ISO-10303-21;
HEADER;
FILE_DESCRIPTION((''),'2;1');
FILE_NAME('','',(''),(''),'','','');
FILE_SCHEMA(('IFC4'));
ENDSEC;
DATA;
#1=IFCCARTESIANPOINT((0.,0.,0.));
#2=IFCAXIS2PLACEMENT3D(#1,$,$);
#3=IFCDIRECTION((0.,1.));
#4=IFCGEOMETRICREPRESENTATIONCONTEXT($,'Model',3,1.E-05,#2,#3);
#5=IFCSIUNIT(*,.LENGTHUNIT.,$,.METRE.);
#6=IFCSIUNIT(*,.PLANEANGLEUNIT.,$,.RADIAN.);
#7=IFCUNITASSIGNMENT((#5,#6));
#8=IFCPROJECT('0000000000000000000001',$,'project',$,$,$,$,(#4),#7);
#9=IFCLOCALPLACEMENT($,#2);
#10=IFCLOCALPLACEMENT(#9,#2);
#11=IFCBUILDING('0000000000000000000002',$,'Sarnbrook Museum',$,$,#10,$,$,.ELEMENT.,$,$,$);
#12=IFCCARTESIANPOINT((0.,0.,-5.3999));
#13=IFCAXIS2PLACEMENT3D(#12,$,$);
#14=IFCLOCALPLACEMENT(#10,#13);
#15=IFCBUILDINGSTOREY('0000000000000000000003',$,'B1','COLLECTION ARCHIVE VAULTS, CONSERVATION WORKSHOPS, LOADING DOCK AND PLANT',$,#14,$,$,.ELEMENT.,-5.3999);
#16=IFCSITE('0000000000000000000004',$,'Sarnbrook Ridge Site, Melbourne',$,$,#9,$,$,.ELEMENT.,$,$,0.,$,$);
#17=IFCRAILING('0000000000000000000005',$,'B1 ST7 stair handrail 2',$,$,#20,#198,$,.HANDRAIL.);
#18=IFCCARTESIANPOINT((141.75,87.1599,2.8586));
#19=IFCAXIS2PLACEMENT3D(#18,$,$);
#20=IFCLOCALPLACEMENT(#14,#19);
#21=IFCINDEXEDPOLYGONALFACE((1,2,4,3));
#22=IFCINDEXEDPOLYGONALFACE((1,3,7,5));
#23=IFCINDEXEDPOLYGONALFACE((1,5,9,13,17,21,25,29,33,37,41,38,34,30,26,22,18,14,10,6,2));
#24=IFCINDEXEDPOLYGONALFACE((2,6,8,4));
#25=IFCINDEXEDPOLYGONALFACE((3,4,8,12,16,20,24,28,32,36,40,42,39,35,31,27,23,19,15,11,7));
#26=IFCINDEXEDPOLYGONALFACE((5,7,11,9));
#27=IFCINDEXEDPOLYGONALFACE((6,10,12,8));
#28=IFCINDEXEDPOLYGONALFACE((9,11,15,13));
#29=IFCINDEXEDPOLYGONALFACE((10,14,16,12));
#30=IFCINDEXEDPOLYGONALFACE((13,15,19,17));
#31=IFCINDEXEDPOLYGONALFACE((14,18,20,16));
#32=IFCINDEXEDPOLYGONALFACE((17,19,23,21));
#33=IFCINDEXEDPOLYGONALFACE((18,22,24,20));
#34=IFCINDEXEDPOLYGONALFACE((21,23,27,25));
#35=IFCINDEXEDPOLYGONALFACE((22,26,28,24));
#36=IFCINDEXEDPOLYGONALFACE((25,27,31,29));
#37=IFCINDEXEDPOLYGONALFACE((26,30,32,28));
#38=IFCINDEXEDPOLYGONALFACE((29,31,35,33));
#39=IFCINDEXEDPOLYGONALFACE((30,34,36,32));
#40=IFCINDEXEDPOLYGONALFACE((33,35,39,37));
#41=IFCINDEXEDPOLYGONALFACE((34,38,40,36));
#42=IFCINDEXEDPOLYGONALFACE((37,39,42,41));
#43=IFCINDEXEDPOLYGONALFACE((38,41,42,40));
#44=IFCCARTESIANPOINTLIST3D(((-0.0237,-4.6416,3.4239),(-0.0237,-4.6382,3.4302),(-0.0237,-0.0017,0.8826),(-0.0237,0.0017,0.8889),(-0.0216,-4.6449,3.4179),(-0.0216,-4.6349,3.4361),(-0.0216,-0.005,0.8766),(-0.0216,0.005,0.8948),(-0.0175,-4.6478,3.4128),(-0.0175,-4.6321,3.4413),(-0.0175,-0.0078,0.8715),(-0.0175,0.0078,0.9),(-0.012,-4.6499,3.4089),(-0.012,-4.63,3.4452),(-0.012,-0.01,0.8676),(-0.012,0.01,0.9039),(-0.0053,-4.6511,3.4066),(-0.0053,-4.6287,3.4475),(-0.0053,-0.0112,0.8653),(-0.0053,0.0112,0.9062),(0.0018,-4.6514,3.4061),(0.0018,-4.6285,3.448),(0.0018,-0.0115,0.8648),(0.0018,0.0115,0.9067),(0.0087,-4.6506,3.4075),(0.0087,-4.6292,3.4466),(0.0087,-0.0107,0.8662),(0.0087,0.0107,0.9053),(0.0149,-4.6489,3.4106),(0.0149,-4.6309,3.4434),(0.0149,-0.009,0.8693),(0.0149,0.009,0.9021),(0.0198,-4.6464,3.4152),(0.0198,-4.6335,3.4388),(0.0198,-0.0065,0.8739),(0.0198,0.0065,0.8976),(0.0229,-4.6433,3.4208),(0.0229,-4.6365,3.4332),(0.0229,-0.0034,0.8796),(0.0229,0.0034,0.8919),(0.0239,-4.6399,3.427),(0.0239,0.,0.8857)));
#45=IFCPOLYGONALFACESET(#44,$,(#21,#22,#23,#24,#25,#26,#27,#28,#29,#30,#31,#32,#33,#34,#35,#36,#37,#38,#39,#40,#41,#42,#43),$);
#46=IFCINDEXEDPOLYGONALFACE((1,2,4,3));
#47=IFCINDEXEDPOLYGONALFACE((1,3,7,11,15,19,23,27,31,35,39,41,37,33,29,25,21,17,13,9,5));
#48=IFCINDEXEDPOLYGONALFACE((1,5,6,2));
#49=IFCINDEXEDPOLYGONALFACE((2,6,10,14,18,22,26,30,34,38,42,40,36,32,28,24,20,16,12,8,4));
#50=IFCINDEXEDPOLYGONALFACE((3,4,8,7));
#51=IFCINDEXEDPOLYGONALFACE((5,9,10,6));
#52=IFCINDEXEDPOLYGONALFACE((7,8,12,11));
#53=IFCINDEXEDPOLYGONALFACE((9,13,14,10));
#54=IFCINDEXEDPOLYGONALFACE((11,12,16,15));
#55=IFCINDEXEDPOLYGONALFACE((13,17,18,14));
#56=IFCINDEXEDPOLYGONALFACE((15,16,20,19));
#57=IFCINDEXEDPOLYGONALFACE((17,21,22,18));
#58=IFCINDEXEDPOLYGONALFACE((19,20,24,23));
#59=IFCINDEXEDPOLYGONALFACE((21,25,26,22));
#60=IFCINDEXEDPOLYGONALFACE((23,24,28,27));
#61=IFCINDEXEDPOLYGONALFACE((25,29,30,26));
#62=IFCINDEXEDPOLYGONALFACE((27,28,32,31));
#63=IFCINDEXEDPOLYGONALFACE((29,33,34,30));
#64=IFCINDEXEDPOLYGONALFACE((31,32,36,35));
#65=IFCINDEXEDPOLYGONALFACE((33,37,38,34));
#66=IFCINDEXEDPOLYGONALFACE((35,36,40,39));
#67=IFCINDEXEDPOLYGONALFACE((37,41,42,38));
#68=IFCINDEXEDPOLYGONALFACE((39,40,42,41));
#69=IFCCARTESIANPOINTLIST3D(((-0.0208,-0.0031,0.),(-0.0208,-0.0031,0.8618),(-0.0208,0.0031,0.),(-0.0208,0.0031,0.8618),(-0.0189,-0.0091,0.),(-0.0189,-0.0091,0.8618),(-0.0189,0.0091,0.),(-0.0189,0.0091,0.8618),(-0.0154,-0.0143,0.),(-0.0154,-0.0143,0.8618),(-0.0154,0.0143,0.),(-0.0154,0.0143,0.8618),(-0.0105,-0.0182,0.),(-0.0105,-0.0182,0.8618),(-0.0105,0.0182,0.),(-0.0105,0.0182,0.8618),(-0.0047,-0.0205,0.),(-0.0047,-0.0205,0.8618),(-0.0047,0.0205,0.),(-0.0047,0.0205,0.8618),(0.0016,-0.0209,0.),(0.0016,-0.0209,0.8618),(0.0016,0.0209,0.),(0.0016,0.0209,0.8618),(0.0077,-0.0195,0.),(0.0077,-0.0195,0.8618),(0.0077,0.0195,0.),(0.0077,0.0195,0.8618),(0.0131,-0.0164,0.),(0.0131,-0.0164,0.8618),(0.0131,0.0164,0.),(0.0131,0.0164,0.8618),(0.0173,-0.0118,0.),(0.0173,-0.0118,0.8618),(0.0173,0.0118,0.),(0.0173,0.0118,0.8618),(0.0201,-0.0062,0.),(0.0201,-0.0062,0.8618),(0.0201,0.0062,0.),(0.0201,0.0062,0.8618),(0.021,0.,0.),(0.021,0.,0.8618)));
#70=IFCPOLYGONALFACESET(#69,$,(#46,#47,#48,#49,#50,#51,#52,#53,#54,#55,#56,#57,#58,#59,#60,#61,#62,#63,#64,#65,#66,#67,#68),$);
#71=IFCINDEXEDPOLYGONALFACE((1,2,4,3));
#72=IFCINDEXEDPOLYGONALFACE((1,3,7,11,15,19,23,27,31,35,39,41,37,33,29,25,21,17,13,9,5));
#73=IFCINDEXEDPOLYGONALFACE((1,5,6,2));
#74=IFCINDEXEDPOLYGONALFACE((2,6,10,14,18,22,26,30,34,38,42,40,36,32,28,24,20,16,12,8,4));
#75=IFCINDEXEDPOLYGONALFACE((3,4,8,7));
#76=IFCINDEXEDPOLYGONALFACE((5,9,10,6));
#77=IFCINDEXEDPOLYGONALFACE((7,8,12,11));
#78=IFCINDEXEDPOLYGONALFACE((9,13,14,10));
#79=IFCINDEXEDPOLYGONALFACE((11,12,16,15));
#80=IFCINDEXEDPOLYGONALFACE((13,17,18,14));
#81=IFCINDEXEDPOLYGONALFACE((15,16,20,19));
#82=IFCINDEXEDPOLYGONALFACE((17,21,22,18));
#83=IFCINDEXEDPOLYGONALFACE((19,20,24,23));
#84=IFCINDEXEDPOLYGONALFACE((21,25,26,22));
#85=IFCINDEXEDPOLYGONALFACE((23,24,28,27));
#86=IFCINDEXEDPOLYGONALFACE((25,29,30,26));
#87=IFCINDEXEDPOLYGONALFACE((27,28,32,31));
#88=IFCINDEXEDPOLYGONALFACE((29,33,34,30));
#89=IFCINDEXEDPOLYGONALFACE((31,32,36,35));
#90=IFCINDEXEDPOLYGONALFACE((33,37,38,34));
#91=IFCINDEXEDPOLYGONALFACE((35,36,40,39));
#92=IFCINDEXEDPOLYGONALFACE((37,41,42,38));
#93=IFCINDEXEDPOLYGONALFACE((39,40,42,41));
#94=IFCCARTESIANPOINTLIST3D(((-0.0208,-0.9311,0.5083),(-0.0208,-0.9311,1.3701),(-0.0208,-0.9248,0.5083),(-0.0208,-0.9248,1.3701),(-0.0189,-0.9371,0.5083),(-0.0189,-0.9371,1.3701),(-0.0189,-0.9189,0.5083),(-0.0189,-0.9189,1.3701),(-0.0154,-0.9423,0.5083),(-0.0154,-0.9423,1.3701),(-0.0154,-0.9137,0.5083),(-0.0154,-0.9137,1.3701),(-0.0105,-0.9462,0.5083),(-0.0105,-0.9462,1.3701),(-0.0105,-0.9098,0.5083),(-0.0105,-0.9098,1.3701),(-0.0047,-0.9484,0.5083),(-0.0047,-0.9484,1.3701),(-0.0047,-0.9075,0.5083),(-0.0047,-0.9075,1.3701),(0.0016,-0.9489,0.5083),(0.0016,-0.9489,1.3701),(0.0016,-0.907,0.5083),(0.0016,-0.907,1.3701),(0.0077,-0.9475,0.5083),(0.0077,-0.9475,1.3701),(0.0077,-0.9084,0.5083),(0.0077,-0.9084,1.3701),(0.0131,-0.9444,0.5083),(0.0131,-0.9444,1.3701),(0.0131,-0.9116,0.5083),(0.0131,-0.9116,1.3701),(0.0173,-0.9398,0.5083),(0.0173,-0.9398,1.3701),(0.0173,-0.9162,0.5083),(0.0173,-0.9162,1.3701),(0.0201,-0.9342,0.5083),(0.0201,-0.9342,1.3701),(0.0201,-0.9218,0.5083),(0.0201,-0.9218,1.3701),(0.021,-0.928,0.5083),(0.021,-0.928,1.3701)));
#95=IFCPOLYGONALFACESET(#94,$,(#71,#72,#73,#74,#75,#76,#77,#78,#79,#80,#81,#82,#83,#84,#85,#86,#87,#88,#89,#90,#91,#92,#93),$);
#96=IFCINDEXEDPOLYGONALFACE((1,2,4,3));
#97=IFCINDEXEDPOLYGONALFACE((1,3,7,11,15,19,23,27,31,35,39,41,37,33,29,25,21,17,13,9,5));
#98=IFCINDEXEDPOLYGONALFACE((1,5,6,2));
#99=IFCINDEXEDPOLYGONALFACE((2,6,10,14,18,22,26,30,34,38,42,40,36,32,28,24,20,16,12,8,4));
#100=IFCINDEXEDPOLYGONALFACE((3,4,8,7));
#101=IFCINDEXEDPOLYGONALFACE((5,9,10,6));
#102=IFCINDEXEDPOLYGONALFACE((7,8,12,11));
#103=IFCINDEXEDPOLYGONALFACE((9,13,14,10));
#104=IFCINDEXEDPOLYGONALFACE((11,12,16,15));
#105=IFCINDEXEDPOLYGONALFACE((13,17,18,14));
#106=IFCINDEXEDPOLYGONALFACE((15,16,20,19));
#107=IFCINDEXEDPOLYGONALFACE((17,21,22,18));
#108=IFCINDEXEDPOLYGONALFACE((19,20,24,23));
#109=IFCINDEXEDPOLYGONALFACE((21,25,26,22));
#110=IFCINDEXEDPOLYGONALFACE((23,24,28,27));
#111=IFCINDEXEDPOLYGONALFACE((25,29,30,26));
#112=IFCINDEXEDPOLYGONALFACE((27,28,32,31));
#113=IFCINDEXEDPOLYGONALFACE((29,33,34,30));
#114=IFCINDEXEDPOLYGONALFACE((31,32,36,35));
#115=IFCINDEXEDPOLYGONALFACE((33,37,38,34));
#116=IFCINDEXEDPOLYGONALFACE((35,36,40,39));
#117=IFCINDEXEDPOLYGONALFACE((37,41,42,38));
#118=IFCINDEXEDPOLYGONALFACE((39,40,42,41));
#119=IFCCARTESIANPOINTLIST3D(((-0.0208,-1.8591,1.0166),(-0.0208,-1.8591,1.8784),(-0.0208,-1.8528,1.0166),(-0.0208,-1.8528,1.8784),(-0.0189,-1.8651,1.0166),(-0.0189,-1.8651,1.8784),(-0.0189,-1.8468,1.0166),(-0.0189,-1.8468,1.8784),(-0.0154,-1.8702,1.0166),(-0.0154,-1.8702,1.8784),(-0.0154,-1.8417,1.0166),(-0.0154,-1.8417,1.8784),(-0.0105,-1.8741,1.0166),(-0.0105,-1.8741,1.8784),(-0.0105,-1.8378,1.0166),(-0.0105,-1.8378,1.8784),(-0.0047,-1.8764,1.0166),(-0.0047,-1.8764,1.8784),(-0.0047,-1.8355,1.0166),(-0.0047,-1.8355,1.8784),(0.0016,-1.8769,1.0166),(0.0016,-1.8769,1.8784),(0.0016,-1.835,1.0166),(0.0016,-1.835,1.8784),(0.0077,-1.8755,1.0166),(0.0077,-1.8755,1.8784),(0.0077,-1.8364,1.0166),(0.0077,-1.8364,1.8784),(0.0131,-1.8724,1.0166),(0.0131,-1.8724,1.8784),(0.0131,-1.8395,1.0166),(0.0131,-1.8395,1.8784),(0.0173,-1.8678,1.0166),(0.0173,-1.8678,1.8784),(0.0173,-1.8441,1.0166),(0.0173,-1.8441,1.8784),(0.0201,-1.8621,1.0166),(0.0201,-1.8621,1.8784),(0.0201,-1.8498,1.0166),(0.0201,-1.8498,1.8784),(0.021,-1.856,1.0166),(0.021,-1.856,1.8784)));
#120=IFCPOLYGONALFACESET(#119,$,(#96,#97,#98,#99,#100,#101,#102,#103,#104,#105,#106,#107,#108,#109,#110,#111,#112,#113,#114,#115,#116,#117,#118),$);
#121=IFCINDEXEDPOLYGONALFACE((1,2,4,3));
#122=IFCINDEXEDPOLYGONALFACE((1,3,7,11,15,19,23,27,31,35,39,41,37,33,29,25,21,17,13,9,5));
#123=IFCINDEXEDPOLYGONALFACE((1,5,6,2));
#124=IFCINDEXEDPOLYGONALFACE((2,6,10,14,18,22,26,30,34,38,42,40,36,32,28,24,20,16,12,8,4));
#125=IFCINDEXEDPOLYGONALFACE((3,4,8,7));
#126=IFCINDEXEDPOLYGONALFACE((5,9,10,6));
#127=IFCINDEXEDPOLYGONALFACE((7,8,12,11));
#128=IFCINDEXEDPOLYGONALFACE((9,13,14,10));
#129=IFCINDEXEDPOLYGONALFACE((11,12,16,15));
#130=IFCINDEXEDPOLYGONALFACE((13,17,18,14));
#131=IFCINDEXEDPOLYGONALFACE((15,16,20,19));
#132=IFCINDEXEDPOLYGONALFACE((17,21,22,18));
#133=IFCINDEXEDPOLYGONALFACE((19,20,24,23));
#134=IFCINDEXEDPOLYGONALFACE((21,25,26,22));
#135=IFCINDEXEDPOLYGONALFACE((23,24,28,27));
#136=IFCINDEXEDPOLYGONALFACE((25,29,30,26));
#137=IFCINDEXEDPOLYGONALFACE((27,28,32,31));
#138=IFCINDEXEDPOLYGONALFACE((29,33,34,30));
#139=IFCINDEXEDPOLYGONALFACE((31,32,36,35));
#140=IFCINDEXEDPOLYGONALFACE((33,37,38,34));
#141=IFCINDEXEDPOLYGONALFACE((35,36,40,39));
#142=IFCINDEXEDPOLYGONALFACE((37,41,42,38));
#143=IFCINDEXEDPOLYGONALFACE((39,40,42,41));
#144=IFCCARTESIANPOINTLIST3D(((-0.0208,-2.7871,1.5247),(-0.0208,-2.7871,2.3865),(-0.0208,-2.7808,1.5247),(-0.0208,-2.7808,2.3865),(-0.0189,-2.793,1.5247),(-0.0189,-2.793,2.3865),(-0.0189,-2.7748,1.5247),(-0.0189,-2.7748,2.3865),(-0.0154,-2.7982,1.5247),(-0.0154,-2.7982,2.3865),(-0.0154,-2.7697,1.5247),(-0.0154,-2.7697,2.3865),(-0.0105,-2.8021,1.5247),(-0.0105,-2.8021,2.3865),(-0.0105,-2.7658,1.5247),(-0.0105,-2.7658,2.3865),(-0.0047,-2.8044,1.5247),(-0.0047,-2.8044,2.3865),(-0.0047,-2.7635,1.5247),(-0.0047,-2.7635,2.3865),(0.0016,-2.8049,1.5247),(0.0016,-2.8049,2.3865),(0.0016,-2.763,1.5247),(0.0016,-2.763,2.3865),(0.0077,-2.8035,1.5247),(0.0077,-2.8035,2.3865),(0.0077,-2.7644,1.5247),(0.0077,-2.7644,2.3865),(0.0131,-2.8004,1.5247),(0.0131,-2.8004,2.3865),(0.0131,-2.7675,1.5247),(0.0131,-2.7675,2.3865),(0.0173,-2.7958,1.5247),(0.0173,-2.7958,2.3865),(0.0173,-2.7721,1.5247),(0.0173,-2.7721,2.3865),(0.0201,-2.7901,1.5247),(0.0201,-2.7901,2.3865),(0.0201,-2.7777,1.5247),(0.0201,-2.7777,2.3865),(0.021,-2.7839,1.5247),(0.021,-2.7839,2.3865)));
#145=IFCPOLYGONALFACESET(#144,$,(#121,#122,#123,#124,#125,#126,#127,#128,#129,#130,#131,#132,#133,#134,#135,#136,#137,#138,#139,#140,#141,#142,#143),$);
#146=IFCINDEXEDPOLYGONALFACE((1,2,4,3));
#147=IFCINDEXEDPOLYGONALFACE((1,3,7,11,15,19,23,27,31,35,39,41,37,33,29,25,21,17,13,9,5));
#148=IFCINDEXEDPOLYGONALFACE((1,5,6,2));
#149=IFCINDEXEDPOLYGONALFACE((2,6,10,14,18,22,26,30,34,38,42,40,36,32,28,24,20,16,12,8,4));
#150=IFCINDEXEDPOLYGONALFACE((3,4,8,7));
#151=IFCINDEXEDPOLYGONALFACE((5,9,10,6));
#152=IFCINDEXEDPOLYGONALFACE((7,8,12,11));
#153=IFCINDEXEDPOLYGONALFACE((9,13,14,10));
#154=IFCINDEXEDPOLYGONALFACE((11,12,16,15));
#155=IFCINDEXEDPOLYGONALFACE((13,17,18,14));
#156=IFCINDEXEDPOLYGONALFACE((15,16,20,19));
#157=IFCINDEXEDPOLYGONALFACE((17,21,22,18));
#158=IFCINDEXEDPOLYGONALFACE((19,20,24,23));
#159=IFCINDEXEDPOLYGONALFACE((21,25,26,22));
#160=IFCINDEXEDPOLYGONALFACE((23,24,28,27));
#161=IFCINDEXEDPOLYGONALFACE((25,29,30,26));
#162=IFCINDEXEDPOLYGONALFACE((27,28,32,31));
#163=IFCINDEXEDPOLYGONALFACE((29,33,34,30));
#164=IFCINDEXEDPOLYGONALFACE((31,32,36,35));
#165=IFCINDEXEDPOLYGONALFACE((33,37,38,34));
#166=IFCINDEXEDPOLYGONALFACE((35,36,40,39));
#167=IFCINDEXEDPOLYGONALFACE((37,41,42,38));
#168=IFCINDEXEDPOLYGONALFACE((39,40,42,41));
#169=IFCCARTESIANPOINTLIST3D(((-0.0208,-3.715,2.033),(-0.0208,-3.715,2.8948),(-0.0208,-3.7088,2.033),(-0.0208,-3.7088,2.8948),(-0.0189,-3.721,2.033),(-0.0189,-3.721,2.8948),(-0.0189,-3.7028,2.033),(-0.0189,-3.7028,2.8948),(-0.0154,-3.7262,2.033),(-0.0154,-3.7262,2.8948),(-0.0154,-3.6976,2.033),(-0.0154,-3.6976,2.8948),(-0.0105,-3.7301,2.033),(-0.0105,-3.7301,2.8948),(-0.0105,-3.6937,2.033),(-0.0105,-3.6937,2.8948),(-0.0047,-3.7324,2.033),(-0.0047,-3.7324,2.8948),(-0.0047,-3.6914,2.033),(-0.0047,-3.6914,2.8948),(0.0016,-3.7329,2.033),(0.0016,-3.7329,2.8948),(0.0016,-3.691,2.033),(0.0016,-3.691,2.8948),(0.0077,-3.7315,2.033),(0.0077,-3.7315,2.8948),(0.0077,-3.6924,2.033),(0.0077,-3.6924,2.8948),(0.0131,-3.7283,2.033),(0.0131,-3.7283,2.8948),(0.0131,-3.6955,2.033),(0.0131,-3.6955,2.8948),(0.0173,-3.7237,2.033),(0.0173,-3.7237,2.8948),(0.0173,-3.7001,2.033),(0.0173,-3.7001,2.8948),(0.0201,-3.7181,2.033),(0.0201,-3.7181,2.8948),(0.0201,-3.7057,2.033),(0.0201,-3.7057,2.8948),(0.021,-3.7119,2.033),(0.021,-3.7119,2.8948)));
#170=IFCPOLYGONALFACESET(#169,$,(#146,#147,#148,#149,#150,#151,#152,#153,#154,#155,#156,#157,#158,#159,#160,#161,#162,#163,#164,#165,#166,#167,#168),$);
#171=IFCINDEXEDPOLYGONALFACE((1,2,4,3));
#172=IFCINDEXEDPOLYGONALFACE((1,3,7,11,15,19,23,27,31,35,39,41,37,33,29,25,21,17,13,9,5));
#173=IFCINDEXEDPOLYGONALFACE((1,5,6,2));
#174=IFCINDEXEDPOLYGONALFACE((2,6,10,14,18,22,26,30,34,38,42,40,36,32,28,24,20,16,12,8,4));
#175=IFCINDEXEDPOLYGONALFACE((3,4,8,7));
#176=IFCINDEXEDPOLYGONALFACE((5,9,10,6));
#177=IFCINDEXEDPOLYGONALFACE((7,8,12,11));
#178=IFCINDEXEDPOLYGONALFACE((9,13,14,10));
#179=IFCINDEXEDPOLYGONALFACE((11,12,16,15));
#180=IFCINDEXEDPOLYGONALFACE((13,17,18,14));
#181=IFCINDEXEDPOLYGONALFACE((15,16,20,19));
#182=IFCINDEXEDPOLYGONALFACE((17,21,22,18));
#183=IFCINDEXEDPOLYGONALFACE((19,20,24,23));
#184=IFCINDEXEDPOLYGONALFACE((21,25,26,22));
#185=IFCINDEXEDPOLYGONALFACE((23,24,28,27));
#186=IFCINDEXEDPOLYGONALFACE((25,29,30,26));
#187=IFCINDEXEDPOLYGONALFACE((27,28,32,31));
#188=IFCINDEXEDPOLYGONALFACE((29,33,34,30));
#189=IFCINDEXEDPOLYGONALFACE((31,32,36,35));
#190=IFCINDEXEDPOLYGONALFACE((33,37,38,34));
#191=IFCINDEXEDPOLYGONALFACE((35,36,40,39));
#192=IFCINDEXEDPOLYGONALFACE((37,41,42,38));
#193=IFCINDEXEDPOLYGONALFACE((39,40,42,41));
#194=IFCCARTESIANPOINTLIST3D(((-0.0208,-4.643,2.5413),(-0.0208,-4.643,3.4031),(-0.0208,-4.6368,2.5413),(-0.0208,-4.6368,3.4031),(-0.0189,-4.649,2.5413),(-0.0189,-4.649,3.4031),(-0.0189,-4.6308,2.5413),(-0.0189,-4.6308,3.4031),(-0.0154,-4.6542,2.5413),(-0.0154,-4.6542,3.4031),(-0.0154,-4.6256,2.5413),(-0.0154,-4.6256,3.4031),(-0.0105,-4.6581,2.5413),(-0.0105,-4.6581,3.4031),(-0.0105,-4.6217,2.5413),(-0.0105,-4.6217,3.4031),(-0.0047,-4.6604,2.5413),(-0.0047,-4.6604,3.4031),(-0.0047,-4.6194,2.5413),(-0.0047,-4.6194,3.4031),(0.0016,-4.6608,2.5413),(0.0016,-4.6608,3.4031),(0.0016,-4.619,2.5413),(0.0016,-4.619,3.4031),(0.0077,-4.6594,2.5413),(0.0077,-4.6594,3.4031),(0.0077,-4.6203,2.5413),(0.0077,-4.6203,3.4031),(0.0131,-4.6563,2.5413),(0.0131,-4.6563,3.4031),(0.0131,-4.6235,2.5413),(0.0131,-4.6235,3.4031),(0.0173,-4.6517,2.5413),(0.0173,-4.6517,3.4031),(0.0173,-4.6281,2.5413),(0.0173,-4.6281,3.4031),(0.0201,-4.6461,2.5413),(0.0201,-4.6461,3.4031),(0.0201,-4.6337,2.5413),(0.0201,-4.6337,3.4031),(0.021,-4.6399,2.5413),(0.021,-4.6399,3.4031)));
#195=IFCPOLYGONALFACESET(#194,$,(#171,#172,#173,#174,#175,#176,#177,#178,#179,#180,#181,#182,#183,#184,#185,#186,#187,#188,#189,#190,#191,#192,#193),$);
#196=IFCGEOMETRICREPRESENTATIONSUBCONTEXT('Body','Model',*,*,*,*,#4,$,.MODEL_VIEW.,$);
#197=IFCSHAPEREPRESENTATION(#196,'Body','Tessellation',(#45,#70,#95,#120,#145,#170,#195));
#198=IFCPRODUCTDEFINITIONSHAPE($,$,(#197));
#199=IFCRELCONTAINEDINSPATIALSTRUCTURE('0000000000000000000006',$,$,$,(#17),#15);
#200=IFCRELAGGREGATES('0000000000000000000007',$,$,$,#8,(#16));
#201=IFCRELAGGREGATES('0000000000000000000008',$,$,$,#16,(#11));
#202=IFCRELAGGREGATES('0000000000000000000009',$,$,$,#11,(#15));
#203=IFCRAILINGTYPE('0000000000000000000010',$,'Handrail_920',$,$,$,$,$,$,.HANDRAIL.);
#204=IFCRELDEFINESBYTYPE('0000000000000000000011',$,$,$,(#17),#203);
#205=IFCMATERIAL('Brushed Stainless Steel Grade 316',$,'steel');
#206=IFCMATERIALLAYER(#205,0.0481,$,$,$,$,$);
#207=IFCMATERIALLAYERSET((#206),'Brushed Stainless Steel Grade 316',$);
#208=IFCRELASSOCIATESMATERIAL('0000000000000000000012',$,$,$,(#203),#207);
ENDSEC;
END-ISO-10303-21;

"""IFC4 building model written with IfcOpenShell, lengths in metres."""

from ifc_helpers import new_model, si_unit, direction, frame, origin, origin_2d, place, context, subcontext, project, spatial, circle, extrude, material, layer, layer_set, type_object, element, save


model = new_model("IFC4")

# Units and contexts
model_context = context("Model", 3, precision=1e-05, world=origin(), true_north=direction((0.0, 1.0)))
body_context = subcontext(model_context, "Body", "Model", "MODEL_VIEW")
ifc_project = project(units=[si_unit("LENGTHUNIT", "METRE"), si_unit("PLANEANGLEUNIT", "RADIAN")], contexts=[model_context])

# Site, building, storey
site_placement = place(None, origin())
site = spatial("IfcSite", under=ifc_project, at=site_placement, Name="Sarnbrook Ridge Site, Melbourne", CompositionType="ELEMENT", RefElevation=0.0)
building_placement = place(site_placement, origin())
building = spatial("IfcBuilding", under=site, at=building_placement, Name="Sarnbrook Museum", CompositionType="ELEMENT")
storey_placement = place(building_placement, frame((0.0, 0.0, -5.3999)))
storey = spatial("IfcBuildingStorey", under=building, at=storey_placement, Name="B1", Description="COLLECTION ARCHIVE VAULTS, CONSERVATION WORKSHOPS, LOADING DOCK AND PLANT", CompositionType="ELEMENT", Elevation=-5.3999)

# Railing
ifc_material_1 = material(Name="Brushed Stainless Steel Grade 316", Category="steel")
ifc_layer_1 = layer(ifc_material_1, 0.0481)
ifc_layer_set_1 = layer_set([ifc_layer_1], Name="Brushed Stainless Steel Grade 316")
railing_type_1 = type_object("IfcRailingType", Name="Handrail_920", PredefinedType="HANDRAIL", material=ifc_layer_set_1)
railing_1_placement = place(storey_placement, frame((141.75, 87.1599, 2.8586)))
element("IfcRailing", 1, at=railing_1_placement, inside=storey, type_object=railing_type_1, Name="B1 ST7 stair handrail 2", PredefinedType="HANDRAIL", context=body_context, shape_type="SweptSolid", body=[
    extrude(circle(Radius=0.0239, at=origin_2d()), frame((0.0, 0.0, 0.8857), z_axis=(0.0, -0.877067, 0.480368), x_axis=(1.0, 0.0, 0.0)), (0.0, 0.0, 1.0), 5.2903),
    extrude(circle(Radius=0.021, at=origin_2d()), origin(), (0.0, 0.0, 1.0), 0.8618),
    extrude(circle(Radius=0.021, at=origin_2d()), frame((0.0, -0.928, 0.5083)), (0.0, 0.0, 1.0), 0.8618),
    extrude(circle(Radius=0.021, at=origin_2d()), frame((0.0, -1.856, 1.0166)), (0.0, 0.0, 1.0), 0.8618),
    extrude(circle(Radius=0.021, at=origin_2d()), frame((0.0, -2.7839, 1.5247)), (0.0, 0.0, 1.0), 0.8618),
    extrude(circle(Radius=0.021, at=origin_2d()), frame((0.0, -3.7119, 2.033)), (0.0, 0.0, 1.0), 0.8618),
    extrude(circle(Radius=0.021, at=origin_2d()), frame((0.0, -4.6399, 2.5413)), (0.0, 0.0, 1.0), 0.8618),
])

save(model, "model.ifc")
